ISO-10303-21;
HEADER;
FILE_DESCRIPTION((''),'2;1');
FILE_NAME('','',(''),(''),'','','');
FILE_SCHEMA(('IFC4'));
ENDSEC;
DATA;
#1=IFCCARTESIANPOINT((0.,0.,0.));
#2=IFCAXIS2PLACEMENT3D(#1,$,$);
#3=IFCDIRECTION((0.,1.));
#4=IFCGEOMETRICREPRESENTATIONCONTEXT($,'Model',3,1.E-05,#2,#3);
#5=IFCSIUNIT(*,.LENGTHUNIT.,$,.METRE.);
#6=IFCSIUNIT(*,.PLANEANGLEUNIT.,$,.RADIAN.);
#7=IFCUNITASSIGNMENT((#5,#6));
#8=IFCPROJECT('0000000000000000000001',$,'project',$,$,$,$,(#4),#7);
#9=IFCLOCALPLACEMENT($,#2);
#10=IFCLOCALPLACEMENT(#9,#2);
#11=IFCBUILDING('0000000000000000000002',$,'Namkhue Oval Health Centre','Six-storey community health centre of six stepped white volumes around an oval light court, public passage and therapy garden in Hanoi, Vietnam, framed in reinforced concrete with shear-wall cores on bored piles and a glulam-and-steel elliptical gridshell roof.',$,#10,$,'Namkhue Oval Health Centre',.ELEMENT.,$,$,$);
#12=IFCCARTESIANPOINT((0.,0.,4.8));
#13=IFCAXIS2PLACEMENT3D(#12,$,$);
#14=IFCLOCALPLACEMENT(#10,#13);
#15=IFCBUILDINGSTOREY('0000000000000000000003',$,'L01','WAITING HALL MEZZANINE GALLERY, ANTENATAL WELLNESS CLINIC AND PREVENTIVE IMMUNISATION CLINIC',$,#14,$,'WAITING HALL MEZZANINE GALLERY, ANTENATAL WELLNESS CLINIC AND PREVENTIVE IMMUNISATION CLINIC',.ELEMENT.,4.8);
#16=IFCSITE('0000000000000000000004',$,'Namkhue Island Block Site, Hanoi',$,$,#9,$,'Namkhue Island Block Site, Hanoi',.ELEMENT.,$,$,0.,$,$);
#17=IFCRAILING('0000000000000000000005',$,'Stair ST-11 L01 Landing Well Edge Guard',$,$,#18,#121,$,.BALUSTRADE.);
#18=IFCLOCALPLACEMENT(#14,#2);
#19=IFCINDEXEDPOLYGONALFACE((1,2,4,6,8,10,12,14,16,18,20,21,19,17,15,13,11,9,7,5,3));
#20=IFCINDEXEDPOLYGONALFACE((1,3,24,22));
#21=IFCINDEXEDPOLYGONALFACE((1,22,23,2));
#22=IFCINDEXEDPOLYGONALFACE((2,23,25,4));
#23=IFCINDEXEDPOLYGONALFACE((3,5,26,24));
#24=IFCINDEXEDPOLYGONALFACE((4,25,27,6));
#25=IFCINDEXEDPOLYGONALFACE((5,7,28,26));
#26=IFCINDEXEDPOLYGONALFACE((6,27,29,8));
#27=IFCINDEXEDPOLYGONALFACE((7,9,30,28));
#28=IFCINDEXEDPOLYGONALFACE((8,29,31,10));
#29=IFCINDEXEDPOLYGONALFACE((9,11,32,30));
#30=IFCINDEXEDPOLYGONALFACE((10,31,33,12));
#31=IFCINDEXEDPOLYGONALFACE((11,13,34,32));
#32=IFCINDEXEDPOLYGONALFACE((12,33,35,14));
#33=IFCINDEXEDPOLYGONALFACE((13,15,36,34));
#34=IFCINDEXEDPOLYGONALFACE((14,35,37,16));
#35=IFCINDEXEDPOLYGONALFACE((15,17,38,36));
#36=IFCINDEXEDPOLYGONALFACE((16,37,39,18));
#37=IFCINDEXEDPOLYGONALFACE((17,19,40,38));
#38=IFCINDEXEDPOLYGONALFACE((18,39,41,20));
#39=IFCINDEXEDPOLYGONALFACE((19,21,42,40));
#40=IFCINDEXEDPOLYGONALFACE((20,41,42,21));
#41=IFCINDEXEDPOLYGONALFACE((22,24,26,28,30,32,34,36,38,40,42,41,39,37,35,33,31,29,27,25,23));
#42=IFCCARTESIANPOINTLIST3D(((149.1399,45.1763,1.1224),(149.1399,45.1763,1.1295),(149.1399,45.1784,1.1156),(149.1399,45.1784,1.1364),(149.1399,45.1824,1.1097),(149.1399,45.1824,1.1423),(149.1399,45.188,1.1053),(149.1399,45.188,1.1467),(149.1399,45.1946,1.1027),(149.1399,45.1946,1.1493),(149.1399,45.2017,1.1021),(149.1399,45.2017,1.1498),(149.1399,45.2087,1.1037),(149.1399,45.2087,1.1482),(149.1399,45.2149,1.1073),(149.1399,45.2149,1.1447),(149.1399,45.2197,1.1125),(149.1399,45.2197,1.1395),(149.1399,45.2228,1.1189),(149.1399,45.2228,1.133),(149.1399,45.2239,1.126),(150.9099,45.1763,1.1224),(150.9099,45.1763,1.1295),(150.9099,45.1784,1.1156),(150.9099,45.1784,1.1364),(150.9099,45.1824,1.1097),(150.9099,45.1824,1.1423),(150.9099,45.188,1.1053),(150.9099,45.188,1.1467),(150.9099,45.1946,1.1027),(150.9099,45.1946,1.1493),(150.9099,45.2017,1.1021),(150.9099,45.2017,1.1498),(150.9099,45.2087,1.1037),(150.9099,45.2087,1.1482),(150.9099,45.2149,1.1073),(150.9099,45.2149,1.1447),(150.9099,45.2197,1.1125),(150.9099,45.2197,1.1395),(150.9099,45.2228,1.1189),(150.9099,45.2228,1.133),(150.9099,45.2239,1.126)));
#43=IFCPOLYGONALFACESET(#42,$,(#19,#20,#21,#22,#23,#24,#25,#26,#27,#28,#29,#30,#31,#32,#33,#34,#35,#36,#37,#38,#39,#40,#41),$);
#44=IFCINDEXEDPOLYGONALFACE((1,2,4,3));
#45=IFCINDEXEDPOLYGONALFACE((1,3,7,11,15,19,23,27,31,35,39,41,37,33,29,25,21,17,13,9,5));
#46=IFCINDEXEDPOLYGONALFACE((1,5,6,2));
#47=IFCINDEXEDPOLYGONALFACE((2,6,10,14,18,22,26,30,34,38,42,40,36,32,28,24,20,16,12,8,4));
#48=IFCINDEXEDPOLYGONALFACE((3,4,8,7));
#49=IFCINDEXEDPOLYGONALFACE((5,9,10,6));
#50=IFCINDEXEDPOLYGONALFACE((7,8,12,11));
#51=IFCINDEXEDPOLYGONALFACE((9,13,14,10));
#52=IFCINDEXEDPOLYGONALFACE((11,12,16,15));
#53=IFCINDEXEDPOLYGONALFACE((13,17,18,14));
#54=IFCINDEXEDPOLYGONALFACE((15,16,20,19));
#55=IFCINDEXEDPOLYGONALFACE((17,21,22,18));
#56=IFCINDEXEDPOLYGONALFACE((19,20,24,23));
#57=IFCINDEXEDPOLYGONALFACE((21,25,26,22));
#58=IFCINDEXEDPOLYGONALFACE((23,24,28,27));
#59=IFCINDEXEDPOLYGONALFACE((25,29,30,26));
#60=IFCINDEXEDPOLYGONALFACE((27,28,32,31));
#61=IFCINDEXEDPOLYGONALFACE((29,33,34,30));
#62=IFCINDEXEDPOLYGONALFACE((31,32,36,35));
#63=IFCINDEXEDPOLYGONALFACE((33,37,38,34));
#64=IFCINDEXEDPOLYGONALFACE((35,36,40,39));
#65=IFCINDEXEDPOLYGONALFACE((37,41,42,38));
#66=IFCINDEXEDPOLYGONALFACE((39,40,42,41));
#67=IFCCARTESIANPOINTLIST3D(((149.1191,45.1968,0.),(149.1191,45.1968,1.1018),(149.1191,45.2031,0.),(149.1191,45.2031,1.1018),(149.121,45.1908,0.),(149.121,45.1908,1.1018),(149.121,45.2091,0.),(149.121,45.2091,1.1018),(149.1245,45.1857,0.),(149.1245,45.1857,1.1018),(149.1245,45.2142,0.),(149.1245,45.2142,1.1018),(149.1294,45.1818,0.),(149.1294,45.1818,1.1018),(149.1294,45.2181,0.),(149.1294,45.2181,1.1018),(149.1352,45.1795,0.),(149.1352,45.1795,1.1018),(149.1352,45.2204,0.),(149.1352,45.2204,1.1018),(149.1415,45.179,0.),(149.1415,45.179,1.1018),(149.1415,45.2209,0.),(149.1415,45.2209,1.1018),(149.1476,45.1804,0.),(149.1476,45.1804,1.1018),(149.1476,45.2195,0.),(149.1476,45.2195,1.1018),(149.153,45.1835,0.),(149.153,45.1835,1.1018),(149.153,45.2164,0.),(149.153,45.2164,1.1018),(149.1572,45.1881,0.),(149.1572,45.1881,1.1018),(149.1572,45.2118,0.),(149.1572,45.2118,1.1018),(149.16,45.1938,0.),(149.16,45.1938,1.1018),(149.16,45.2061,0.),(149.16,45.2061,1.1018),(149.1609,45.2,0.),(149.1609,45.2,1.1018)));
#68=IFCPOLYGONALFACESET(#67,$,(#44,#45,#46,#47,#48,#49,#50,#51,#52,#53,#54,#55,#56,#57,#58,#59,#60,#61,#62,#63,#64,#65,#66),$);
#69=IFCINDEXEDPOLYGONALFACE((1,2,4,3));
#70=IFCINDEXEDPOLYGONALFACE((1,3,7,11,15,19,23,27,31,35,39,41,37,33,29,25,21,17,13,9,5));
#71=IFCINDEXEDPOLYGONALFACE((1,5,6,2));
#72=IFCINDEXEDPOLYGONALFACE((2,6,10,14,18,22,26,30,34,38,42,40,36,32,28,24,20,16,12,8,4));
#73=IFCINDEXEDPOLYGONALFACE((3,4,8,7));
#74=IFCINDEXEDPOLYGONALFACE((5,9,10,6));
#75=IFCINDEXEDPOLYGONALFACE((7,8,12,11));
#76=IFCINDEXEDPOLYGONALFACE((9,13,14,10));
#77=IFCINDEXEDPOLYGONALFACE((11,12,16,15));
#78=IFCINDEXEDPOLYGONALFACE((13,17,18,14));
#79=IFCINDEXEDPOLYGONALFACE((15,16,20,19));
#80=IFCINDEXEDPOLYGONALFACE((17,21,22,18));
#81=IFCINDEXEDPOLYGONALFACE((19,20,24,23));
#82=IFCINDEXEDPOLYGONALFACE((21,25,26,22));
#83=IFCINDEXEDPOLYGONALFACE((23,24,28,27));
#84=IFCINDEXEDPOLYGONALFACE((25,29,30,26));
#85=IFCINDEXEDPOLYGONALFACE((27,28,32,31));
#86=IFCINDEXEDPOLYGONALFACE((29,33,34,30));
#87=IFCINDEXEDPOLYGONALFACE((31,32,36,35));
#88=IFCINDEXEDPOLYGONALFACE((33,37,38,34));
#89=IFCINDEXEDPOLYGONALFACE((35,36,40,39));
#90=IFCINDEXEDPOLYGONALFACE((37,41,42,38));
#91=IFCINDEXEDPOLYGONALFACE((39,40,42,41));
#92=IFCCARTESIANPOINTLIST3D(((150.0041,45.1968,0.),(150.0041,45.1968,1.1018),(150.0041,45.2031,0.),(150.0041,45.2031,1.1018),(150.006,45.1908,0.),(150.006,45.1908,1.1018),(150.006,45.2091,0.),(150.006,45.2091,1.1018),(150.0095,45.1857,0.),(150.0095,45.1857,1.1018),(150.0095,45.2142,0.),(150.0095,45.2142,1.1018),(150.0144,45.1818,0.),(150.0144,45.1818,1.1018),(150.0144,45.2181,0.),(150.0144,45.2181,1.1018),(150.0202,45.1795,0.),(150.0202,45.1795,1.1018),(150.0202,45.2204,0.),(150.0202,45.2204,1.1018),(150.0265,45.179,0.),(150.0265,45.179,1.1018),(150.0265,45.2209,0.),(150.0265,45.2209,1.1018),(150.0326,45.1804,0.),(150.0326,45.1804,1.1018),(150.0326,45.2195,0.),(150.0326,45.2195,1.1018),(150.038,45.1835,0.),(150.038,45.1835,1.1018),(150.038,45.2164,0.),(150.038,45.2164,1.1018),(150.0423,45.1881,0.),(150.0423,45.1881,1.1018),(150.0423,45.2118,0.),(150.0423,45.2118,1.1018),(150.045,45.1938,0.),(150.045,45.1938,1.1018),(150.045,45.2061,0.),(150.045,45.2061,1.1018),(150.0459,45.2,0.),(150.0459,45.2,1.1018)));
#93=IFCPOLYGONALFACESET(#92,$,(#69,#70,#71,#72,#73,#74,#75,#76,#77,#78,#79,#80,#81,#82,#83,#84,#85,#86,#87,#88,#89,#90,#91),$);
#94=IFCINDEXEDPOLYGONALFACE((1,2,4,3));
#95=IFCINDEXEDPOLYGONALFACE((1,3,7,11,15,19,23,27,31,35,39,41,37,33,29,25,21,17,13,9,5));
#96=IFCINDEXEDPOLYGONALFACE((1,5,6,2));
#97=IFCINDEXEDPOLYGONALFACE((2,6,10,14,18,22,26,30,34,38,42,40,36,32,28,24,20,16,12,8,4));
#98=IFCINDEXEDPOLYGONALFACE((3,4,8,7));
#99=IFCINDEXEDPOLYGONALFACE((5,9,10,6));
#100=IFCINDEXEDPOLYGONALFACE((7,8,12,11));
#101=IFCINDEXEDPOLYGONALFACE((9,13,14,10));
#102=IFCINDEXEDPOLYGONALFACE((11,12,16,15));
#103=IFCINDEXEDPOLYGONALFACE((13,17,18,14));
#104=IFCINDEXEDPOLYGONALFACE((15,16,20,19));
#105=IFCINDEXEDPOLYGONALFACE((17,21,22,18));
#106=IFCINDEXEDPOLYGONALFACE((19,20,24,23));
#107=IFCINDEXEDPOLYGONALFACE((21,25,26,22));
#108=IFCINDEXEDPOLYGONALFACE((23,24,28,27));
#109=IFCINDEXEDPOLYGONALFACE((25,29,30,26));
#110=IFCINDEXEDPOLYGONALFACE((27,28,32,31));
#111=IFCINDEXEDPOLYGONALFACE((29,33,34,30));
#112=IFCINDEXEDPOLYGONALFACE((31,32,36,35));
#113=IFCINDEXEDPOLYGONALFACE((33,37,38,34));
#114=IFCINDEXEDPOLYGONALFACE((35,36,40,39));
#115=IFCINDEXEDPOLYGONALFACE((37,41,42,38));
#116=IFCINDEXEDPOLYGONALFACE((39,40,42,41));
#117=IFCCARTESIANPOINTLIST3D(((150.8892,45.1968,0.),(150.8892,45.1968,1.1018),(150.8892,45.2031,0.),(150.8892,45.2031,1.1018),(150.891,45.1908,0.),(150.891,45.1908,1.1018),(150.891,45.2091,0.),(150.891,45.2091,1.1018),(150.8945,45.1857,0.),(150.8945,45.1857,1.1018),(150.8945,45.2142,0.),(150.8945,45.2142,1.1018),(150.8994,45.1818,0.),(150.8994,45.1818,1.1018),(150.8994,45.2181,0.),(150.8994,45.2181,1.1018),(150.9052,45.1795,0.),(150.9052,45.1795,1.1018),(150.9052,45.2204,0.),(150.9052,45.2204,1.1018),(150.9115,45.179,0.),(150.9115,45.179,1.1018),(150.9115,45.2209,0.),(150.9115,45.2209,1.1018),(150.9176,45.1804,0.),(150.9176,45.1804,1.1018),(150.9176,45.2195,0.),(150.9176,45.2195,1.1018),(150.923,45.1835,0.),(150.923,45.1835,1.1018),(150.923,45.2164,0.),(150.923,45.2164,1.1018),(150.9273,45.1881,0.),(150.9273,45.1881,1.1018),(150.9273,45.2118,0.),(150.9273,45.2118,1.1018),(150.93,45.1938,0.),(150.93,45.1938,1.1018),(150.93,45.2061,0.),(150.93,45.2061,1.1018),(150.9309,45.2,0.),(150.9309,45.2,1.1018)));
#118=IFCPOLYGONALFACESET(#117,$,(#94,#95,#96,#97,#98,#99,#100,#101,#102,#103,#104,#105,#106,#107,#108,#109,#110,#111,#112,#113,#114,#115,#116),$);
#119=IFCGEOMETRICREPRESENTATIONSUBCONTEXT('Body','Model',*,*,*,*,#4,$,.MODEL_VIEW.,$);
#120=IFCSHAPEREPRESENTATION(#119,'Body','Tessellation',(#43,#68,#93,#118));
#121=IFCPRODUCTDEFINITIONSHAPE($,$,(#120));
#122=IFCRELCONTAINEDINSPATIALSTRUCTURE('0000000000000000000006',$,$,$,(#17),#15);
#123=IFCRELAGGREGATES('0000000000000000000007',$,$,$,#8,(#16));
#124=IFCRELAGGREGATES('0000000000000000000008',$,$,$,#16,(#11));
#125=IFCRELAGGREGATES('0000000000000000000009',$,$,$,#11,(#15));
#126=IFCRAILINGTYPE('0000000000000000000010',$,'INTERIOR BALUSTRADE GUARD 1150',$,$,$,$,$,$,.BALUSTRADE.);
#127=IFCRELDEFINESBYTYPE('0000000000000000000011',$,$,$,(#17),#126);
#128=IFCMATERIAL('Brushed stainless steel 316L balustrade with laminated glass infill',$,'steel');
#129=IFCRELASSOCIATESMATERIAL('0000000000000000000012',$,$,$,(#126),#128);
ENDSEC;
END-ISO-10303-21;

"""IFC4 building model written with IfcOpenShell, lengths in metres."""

from ifc_helpers import new_model, si_unit, direction, frame, origin, origin_2d, place, context, subcontext, project, spatial, circle, extrude, material, type_object, element, save


model = new_model("IFC4")

# Units and contexts
model_context = context("Model", 3, precision=1e-05, world=origin(), true_north=direction((0.0, 1.0)))
body_context = subcontext(model_context, "Body", "Model", "MODEL_VIEW")
ifc_project = project(units=[si_unit("LENGTHUNIT", "METRE"), si_unit("PLANEANGLEUNIT", "RADIAN")], contexts=[model_context])

# Site, building, storey
site_placement = place(None, origin())
site = spatial("IfcSite", under=ifc_project, at=site_placement, Name="Namkhue Island Block Site, Hanoi", LongName="Namkhue Island Block Site, Hanoi", CompositionType="ELEMENT", RefElevation=0.0)
building_placement = place(site_placement, origin())
building = spatial("IfcBuilding", under=site, at=building_placement, Name="Namkhue Oval Health Centre", Description="Six-storey community health centre of six stepped white volumes around an oval light court, public passage and therapy garden in Hanoi, Vietnam, framed in reinforced concrete with shear-wall cores on bored piles and a glulam-and-steel elliptical gridshell roof.", LongName="Namkhue Oval Health Centre", CompositionType="ELEMENT")
storey_placement = place(building_placement, frame((0.0, 0.0, 4.8)))
storey = spatial("IfcBuildingStorey", under=building, at=storey_placement, Name="L01", Description="WAITING HALL MEZZANINE GALLERY, ANTENATAL WELLNESS CLINIC AND PREVENTIVE IMMUNISATION CLINIC", LongName="WAITING HALL MEZZANINE GALLERY, ANTENATAL WELLNESS CLINIC AND PREVENTIVE IMMUNISATION CLINIC", CompositionType="ELEMENT", Elevation=4.8)

# Railing
ifc_material_1 = material(Name="Brushed stainless steel 316L balustrade with laminated glass infill", Category="steel")
railing_type_1 = type_object("IfcRailingType", Name="INTERIOR BALUSTRADE GUARD 1150", PredefinedType="BALUSTRADE", material=ifc_material_1)
railing_1_placement = place(storey_placement, frame((149.1399, 45.2, 0.0)))
element("IfcRailing", 1, at=railing_1_placement, inside=storey, type_object=railing_type_1, Name="Stair ST-11 L01 Landing Well Edge Guard", PredefinedType="BALUSTRADE", context=body_context, shape_type="SweptSolid", body=[
    extrude(circle(Radius=0.0239, at=origin_2d()), frame((0.0, 0.0, 1.126), z_axis=(1.0, 0.0, 0.0), x_axis=(0.0, 1.0, 0.0)), (0.0, 0.0, 1.0), 1.77),
    extrude(circle(Radius=0.021, at=origin_2d()), origin(), (0.0, 0.0, 1.0), 1.1018),
    extrude(circle(Radius=0.021, at=origin_2d()), frame((0.885, 0.0, 0.0)), (0.0, 0.0, 1.0), 1.1018),
    extrude(circle(Radius=0.021, at=origin_2d()), frame((1.77, 0.0, 0.0)), (0.0, 0.0, 1.0), 1.1018),
])

save(model, "model.ifc")
